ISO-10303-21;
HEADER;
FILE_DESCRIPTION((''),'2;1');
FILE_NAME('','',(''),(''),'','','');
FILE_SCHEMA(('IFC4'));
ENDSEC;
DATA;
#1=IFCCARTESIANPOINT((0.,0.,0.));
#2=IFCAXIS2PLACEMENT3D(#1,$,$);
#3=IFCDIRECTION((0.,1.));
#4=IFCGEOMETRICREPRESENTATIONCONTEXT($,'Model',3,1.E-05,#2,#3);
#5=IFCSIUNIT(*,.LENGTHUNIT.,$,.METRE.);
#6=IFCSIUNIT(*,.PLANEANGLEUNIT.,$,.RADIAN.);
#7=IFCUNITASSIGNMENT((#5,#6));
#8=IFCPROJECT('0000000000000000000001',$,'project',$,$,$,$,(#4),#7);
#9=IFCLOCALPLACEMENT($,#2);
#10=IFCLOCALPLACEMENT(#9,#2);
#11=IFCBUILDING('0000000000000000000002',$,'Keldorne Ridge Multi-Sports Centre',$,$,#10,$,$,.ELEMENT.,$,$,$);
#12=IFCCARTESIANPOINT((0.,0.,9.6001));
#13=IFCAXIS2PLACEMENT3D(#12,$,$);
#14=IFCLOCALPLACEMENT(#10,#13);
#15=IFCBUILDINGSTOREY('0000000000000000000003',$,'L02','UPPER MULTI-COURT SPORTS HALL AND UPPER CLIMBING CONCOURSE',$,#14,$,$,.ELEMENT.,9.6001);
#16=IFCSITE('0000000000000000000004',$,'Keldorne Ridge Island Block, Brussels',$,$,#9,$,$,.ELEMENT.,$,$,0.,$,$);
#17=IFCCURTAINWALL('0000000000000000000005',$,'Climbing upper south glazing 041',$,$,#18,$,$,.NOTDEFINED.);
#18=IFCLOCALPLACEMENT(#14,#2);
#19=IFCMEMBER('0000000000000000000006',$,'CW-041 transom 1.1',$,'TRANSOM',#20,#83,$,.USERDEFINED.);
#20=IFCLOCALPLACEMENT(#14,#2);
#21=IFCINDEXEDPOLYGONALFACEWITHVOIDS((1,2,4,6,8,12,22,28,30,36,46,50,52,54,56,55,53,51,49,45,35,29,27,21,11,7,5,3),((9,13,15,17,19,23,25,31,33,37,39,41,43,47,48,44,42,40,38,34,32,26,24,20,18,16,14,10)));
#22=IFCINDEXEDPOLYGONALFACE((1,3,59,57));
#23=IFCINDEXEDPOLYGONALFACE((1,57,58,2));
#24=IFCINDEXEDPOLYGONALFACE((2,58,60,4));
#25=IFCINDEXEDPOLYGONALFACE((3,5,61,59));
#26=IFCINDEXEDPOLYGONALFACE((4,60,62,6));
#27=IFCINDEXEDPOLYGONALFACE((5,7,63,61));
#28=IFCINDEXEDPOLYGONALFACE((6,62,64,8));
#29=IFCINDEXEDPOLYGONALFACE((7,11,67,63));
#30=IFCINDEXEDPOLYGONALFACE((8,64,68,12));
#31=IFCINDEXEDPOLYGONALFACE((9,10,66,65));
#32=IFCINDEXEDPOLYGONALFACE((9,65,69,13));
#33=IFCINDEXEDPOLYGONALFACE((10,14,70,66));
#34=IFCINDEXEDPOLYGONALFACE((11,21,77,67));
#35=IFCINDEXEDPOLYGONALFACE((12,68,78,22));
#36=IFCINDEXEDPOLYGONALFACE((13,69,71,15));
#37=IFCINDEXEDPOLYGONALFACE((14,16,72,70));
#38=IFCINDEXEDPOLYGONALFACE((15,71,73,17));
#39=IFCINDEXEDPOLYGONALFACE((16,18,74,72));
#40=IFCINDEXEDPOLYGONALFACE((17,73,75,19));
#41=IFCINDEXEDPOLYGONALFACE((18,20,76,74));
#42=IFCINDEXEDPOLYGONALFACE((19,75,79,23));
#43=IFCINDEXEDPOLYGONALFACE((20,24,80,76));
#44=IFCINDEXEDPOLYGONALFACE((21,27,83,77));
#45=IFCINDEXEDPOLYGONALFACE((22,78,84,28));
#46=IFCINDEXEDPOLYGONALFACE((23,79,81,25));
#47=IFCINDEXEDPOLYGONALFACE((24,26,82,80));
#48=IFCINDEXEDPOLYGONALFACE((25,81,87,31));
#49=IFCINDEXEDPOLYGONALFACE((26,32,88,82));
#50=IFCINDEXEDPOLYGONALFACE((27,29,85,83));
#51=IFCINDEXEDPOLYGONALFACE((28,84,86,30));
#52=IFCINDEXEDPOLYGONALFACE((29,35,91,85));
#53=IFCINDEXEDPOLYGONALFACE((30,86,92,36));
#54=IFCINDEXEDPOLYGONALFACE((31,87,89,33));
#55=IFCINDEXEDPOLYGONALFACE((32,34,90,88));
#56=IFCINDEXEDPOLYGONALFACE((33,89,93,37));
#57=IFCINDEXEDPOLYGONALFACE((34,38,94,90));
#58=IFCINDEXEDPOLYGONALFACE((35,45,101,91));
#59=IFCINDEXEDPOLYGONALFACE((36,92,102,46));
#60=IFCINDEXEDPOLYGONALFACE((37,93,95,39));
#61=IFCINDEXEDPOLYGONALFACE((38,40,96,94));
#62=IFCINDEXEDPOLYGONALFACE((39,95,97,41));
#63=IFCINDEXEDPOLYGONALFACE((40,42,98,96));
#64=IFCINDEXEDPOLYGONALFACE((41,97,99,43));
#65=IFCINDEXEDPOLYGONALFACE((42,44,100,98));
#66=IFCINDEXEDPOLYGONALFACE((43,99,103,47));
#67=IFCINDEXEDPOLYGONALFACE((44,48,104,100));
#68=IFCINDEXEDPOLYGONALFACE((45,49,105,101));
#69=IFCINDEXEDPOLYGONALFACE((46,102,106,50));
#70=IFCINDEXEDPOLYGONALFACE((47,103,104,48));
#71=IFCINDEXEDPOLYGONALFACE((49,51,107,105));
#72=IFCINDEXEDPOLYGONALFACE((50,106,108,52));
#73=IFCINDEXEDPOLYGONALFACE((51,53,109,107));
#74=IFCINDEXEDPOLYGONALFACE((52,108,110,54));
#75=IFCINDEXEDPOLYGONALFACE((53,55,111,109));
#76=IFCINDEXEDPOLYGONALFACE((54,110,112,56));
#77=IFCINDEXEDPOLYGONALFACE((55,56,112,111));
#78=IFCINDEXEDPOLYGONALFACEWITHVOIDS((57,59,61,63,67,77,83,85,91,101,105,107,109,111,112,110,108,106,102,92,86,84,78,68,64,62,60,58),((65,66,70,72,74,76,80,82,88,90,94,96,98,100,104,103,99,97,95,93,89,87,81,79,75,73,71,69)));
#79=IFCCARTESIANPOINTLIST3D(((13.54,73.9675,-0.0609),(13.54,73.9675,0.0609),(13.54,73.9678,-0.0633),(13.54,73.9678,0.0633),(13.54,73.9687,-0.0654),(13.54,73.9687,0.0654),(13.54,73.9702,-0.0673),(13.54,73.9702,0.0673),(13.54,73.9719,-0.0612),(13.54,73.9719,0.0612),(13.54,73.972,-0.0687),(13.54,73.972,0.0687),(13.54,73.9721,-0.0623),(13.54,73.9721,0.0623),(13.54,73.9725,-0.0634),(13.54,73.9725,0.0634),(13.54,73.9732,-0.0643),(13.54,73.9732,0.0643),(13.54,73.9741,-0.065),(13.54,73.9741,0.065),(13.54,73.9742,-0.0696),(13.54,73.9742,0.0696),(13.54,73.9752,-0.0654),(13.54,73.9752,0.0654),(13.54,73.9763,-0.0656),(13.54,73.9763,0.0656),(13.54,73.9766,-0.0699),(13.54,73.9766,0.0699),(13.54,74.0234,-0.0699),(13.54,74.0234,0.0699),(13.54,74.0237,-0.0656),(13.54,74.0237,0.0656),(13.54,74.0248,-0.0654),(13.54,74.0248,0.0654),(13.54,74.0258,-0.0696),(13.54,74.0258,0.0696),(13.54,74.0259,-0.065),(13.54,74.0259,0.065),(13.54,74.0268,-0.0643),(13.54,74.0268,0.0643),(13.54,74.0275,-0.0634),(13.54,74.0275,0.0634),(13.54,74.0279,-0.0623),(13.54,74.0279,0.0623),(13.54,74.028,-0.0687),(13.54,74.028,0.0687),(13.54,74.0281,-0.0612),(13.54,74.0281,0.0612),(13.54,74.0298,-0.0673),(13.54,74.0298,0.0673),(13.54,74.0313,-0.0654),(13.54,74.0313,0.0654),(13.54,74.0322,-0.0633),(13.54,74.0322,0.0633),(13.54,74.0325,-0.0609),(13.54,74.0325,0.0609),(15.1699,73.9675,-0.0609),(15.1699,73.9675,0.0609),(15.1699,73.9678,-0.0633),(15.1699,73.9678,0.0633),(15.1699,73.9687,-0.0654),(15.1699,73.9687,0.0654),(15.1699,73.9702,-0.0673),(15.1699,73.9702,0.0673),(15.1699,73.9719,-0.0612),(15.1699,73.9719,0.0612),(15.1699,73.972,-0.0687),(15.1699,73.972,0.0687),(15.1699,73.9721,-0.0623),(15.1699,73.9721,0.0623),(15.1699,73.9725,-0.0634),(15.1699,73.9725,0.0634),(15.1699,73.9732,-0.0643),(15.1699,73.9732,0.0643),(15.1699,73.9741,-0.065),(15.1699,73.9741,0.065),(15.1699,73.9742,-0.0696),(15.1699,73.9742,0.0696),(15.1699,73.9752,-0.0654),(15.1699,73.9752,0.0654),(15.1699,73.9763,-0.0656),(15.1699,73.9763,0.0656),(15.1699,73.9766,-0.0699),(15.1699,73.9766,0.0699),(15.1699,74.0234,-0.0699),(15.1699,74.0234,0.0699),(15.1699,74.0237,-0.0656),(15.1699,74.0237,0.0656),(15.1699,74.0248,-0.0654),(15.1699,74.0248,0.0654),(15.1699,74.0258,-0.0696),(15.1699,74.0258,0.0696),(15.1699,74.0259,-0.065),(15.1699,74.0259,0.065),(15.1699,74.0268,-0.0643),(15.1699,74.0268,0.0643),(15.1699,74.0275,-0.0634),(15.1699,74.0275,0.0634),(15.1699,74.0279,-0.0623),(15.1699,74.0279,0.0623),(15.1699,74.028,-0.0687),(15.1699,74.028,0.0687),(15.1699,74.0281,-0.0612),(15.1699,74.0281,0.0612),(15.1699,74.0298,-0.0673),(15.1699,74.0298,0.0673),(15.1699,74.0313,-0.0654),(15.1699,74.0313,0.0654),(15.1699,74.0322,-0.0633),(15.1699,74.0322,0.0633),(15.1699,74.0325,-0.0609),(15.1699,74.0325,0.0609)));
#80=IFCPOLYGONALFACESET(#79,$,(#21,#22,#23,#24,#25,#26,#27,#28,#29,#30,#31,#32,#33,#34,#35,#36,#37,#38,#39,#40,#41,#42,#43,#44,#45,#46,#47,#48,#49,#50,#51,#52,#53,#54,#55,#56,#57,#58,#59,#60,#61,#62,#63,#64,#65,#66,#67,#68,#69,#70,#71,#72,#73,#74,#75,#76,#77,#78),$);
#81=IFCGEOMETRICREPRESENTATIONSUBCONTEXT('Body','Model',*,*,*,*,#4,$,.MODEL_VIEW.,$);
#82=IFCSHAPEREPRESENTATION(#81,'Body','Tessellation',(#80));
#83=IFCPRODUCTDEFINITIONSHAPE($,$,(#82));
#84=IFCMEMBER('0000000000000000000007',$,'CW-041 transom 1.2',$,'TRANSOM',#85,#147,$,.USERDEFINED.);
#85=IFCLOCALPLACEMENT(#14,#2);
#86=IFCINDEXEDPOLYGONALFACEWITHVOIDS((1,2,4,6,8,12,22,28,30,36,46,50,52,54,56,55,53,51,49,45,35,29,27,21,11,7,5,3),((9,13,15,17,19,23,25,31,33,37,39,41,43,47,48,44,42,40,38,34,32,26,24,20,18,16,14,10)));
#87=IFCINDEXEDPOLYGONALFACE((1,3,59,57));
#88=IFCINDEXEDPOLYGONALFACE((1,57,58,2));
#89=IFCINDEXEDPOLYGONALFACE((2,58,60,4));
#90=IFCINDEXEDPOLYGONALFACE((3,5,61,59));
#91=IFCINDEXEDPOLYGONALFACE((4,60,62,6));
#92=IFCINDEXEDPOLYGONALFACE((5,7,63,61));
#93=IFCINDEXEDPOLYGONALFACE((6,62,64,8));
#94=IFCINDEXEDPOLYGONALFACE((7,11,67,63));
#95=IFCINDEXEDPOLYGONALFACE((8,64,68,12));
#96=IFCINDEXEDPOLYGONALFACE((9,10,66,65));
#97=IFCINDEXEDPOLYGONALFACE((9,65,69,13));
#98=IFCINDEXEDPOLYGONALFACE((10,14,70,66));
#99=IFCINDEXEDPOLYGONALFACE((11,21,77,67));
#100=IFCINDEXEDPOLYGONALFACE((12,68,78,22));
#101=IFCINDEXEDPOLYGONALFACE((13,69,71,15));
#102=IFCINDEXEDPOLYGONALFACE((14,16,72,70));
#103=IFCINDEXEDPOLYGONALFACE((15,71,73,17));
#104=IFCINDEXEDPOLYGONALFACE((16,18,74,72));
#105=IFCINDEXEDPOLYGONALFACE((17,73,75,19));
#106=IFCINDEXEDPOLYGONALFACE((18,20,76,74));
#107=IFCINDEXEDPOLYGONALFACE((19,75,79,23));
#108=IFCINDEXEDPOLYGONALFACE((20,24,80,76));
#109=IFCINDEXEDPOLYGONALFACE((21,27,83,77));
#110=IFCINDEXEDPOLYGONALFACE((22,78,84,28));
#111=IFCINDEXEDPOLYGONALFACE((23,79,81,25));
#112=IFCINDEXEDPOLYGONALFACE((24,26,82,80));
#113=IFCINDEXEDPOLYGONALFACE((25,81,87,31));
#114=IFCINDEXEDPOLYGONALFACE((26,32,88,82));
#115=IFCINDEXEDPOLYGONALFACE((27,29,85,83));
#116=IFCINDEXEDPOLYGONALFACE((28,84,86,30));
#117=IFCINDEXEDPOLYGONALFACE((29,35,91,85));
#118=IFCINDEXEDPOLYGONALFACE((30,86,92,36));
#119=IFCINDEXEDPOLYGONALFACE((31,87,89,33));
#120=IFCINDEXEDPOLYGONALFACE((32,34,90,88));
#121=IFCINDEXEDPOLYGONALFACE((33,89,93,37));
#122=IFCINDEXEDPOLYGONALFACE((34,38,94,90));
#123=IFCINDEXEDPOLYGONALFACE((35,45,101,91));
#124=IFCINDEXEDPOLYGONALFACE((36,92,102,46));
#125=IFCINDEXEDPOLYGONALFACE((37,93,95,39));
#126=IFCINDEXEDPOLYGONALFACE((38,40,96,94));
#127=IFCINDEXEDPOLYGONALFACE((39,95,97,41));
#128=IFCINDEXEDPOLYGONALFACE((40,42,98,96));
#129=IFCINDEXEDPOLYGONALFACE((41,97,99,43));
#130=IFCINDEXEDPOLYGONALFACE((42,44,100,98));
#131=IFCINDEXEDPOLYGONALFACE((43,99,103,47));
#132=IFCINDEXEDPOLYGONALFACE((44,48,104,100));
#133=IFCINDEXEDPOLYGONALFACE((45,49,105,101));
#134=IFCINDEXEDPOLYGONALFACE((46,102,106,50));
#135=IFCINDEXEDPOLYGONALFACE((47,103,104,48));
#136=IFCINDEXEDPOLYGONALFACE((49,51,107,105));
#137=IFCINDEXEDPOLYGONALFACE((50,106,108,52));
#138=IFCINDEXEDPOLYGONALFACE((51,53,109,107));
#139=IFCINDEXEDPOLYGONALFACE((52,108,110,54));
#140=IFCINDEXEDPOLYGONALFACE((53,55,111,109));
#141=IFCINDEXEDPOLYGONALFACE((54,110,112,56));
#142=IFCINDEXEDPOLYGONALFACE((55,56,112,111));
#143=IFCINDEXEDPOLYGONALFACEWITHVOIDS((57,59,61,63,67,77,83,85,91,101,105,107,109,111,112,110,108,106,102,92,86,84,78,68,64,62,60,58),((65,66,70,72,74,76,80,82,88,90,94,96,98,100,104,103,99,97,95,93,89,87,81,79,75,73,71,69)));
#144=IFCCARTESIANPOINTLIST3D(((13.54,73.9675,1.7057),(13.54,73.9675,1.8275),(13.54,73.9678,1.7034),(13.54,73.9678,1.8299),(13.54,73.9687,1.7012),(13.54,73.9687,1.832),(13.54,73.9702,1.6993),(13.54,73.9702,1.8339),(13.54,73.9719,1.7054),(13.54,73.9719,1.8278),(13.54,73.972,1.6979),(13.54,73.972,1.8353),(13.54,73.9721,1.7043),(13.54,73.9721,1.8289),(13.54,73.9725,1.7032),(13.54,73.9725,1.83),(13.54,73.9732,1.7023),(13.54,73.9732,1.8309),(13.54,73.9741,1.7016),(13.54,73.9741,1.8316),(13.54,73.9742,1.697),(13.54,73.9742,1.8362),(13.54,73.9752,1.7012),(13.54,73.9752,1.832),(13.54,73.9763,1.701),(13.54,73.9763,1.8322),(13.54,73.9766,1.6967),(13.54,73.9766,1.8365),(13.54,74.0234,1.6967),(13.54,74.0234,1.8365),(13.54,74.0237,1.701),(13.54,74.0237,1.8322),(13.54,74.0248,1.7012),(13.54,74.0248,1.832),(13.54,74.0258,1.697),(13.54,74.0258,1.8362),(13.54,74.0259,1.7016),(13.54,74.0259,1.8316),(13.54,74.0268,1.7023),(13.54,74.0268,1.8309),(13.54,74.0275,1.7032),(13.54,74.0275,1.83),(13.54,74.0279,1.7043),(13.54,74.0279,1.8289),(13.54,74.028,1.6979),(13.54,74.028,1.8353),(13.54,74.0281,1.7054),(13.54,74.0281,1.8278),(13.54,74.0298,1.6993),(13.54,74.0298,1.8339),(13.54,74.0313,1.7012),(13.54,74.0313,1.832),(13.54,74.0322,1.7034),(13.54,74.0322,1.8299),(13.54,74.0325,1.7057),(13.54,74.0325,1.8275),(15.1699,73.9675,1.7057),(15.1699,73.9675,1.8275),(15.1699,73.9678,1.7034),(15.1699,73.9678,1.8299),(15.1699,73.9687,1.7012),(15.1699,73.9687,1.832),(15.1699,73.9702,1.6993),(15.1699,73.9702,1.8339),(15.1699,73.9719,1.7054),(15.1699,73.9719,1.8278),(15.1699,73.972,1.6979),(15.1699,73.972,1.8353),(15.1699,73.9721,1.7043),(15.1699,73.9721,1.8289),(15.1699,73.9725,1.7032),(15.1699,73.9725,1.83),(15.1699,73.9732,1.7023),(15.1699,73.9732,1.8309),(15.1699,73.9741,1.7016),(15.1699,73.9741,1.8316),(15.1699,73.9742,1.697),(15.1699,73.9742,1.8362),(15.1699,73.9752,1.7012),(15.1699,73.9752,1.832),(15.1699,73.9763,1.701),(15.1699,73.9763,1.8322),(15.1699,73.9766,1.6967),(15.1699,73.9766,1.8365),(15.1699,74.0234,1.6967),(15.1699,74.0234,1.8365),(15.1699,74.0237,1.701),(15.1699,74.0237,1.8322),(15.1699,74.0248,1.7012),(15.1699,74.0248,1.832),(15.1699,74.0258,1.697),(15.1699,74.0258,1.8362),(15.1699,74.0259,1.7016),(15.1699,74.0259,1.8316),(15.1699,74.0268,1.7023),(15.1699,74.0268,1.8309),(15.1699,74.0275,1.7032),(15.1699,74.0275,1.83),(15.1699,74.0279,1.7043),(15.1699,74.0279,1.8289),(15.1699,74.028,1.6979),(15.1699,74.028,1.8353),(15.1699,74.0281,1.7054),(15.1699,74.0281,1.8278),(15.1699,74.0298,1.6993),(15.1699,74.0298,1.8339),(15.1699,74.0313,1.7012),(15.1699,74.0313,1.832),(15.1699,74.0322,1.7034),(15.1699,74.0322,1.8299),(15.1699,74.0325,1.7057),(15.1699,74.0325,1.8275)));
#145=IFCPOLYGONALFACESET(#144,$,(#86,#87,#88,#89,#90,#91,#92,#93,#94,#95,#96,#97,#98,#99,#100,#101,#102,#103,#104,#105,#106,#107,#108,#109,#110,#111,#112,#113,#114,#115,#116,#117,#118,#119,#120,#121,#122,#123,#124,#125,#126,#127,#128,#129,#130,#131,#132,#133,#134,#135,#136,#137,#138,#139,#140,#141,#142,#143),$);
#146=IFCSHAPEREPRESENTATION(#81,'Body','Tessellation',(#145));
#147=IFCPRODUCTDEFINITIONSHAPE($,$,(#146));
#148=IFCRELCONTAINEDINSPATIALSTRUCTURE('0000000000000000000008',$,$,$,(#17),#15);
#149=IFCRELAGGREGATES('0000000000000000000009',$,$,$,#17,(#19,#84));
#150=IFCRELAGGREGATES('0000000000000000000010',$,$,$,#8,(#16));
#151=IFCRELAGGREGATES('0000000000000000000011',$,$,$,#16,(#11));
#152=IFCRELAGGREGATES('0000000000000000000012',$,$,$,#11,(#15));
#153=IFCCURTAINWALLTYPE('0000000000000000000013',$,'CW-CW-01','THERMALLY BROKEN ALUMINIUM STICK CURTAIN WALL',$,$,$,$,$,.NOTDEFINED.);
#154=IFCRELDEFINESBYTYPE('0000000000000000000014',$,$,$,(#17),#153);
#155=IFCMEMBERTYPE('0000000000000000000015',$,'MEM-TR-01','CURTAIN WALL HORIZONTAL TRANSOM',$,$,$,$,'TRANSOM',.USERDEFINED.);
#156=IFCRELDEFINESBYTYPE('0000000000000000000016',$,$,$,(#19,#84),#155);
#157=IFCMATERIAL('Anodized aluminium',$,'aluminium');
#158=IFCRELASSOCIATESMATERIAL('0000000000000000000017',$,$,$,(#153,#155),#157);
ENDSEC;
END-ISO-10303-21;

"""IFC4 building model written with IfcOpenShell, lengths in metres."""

from ifc_helpers import new_model, si_unit, direction, frame, origin, origin_2d, place, context, subcontext, project, spatial, hollow_rectangle, extrude, material, material_profile, profile_set, type_object, element, aggregate, save


model = new_model("IFC4")

# Units and contexts
model_context = context("Model", 3, precision=1e-05, world=origin(), true_north=direction((0.0, 1.0)))
body_context = subcontext(model_context, "Body", "Model", "MODEL_VIEW")
ifc_project = project(units=[si_unit("LENGTHUNIT", "METRE"), si_unit("PLANEANGLEUNIT", "RADIAN")], contexts=[model_context])

# Site, building, storey
site_placement = place(None, origin())
site = spatial("IfcSite", under=ifc_project, at=site_placement, Name="Keldorne Ridge Island Block, Brussels", CompositionType="ELEMENT", RefElevation=0.0)
building_placement = place(site_placement, origin())
building = spatial("IfcBuilding", under=site, at=building_placement, Name="Keldorne Ridge Multi-Sports Centre", CompositionType="ELEMENT")
storey_placement = place(building_placement, frame((0.0, 0.0, 9.6001)))
storey = spatial("IfcBuildingStorey", under=building, at=storey_placement, Name="L02", Description="UPPER MULTI-COURT SPORTS HALL AND UPPER CLIMBING CONCOURSE", CompositionType="ELEMENT", Elevation=9.6001)

# Shared definitions
ifc_material_1 = material(Name="Anodized aluminium", Category="aluminium")

# Curtain wall
curtain_wall_type_1 = type_object("IfcCurtainWallType", Name="CW-CW-01", Description="THERMALLY BROKEN ALUMINIUM STICK CURTAIN WALL", PredefinedType="NOTDEFINED", material=ifc_material_1)
curtain_wall_1_placement = place(storey_placement, origin())
curtain_wall_1 = element("IfcCurtainWall", 1, at=curtain_wall_1_placement, inside=storey, type_object=curtain_wall_type_1, Name="Climbing upper south glazing 041", PredefinedType="NOTDEFINED")

# Members
ifc_material_profile_1 = material_profile(ifc_material_1, hollow_rectangle(XDim=0.0649, YDim=0.1399, WallThickness=0.0044, InnerFilletRadius=0.0044, OuterFilletRadius=0.009, at=origin_2d()), Name="ALU TRANSOM 140x65x4.5")
ifc_profile_set_1 = profile_set([ifc_material_profile_1], Name="Anodized aluminium")
member_type_1 = type_object("IfcMemberType", Name="MEM-TR-01", Description="CURTAIN WALL HORIZONTAL TRANSOM", ElementType="TRANSOM", PredefinedType="USERDEFINED", material=ifc_profile_set_1)
member_1_placement = place(storey_placement, frame((13.54, 74.0, 0.0), z_axis=(1.0, 0.0, 0.0), x_axis=(0.0, 1.0, 0.0)))
member_1 = element("IfcMember", 2, at=member_1_placement, type_object=member_type_1, Name="CW-041 transom 1.1", ObjectType="TRANSOM", PredefinedType="USERDEFINED", context=body_context, shape_type="SweptSolid", body=[
    extrude(hollow_rectangle(XDim=0.0649, YDim=0.1399, WallThickness=0.0044, InnerFilletRadius=0.0044, OuterFilletRadius=0.009, at=origin_2d()), origin(), (0.0, 0.0, 1.0), 1.6299),
])
member_2_placement = place(storey_placement, frame((13.54, 74.0, 1.7666), z_axis=(1.0, 0.0, 0.0), x_axis=(0.0, 1.0, 0.0)))
member_2 = element("IfcMember", 3, at=member_2_placement, type_object=member_type_1, Name="CW-041 transom 1.2", ObjectType="TRANSOM", PredefinedType="USERDEFINED", context=body_context, shape_type="SweptSolid", body=[
    extrude(hollow_rectangle(XDim=0.0649, YDim=0.1399, WallThickness=0.0044, InnerFilletRadius=0.0044, OuterFilletRadius=0.009, at=origin_2d()), origin(), (0.0, 0.0, 1.0), 1.6299),
])

aggregate(curtain_wall_1, [member_1, member_2])

save(model, "model.ifc")
